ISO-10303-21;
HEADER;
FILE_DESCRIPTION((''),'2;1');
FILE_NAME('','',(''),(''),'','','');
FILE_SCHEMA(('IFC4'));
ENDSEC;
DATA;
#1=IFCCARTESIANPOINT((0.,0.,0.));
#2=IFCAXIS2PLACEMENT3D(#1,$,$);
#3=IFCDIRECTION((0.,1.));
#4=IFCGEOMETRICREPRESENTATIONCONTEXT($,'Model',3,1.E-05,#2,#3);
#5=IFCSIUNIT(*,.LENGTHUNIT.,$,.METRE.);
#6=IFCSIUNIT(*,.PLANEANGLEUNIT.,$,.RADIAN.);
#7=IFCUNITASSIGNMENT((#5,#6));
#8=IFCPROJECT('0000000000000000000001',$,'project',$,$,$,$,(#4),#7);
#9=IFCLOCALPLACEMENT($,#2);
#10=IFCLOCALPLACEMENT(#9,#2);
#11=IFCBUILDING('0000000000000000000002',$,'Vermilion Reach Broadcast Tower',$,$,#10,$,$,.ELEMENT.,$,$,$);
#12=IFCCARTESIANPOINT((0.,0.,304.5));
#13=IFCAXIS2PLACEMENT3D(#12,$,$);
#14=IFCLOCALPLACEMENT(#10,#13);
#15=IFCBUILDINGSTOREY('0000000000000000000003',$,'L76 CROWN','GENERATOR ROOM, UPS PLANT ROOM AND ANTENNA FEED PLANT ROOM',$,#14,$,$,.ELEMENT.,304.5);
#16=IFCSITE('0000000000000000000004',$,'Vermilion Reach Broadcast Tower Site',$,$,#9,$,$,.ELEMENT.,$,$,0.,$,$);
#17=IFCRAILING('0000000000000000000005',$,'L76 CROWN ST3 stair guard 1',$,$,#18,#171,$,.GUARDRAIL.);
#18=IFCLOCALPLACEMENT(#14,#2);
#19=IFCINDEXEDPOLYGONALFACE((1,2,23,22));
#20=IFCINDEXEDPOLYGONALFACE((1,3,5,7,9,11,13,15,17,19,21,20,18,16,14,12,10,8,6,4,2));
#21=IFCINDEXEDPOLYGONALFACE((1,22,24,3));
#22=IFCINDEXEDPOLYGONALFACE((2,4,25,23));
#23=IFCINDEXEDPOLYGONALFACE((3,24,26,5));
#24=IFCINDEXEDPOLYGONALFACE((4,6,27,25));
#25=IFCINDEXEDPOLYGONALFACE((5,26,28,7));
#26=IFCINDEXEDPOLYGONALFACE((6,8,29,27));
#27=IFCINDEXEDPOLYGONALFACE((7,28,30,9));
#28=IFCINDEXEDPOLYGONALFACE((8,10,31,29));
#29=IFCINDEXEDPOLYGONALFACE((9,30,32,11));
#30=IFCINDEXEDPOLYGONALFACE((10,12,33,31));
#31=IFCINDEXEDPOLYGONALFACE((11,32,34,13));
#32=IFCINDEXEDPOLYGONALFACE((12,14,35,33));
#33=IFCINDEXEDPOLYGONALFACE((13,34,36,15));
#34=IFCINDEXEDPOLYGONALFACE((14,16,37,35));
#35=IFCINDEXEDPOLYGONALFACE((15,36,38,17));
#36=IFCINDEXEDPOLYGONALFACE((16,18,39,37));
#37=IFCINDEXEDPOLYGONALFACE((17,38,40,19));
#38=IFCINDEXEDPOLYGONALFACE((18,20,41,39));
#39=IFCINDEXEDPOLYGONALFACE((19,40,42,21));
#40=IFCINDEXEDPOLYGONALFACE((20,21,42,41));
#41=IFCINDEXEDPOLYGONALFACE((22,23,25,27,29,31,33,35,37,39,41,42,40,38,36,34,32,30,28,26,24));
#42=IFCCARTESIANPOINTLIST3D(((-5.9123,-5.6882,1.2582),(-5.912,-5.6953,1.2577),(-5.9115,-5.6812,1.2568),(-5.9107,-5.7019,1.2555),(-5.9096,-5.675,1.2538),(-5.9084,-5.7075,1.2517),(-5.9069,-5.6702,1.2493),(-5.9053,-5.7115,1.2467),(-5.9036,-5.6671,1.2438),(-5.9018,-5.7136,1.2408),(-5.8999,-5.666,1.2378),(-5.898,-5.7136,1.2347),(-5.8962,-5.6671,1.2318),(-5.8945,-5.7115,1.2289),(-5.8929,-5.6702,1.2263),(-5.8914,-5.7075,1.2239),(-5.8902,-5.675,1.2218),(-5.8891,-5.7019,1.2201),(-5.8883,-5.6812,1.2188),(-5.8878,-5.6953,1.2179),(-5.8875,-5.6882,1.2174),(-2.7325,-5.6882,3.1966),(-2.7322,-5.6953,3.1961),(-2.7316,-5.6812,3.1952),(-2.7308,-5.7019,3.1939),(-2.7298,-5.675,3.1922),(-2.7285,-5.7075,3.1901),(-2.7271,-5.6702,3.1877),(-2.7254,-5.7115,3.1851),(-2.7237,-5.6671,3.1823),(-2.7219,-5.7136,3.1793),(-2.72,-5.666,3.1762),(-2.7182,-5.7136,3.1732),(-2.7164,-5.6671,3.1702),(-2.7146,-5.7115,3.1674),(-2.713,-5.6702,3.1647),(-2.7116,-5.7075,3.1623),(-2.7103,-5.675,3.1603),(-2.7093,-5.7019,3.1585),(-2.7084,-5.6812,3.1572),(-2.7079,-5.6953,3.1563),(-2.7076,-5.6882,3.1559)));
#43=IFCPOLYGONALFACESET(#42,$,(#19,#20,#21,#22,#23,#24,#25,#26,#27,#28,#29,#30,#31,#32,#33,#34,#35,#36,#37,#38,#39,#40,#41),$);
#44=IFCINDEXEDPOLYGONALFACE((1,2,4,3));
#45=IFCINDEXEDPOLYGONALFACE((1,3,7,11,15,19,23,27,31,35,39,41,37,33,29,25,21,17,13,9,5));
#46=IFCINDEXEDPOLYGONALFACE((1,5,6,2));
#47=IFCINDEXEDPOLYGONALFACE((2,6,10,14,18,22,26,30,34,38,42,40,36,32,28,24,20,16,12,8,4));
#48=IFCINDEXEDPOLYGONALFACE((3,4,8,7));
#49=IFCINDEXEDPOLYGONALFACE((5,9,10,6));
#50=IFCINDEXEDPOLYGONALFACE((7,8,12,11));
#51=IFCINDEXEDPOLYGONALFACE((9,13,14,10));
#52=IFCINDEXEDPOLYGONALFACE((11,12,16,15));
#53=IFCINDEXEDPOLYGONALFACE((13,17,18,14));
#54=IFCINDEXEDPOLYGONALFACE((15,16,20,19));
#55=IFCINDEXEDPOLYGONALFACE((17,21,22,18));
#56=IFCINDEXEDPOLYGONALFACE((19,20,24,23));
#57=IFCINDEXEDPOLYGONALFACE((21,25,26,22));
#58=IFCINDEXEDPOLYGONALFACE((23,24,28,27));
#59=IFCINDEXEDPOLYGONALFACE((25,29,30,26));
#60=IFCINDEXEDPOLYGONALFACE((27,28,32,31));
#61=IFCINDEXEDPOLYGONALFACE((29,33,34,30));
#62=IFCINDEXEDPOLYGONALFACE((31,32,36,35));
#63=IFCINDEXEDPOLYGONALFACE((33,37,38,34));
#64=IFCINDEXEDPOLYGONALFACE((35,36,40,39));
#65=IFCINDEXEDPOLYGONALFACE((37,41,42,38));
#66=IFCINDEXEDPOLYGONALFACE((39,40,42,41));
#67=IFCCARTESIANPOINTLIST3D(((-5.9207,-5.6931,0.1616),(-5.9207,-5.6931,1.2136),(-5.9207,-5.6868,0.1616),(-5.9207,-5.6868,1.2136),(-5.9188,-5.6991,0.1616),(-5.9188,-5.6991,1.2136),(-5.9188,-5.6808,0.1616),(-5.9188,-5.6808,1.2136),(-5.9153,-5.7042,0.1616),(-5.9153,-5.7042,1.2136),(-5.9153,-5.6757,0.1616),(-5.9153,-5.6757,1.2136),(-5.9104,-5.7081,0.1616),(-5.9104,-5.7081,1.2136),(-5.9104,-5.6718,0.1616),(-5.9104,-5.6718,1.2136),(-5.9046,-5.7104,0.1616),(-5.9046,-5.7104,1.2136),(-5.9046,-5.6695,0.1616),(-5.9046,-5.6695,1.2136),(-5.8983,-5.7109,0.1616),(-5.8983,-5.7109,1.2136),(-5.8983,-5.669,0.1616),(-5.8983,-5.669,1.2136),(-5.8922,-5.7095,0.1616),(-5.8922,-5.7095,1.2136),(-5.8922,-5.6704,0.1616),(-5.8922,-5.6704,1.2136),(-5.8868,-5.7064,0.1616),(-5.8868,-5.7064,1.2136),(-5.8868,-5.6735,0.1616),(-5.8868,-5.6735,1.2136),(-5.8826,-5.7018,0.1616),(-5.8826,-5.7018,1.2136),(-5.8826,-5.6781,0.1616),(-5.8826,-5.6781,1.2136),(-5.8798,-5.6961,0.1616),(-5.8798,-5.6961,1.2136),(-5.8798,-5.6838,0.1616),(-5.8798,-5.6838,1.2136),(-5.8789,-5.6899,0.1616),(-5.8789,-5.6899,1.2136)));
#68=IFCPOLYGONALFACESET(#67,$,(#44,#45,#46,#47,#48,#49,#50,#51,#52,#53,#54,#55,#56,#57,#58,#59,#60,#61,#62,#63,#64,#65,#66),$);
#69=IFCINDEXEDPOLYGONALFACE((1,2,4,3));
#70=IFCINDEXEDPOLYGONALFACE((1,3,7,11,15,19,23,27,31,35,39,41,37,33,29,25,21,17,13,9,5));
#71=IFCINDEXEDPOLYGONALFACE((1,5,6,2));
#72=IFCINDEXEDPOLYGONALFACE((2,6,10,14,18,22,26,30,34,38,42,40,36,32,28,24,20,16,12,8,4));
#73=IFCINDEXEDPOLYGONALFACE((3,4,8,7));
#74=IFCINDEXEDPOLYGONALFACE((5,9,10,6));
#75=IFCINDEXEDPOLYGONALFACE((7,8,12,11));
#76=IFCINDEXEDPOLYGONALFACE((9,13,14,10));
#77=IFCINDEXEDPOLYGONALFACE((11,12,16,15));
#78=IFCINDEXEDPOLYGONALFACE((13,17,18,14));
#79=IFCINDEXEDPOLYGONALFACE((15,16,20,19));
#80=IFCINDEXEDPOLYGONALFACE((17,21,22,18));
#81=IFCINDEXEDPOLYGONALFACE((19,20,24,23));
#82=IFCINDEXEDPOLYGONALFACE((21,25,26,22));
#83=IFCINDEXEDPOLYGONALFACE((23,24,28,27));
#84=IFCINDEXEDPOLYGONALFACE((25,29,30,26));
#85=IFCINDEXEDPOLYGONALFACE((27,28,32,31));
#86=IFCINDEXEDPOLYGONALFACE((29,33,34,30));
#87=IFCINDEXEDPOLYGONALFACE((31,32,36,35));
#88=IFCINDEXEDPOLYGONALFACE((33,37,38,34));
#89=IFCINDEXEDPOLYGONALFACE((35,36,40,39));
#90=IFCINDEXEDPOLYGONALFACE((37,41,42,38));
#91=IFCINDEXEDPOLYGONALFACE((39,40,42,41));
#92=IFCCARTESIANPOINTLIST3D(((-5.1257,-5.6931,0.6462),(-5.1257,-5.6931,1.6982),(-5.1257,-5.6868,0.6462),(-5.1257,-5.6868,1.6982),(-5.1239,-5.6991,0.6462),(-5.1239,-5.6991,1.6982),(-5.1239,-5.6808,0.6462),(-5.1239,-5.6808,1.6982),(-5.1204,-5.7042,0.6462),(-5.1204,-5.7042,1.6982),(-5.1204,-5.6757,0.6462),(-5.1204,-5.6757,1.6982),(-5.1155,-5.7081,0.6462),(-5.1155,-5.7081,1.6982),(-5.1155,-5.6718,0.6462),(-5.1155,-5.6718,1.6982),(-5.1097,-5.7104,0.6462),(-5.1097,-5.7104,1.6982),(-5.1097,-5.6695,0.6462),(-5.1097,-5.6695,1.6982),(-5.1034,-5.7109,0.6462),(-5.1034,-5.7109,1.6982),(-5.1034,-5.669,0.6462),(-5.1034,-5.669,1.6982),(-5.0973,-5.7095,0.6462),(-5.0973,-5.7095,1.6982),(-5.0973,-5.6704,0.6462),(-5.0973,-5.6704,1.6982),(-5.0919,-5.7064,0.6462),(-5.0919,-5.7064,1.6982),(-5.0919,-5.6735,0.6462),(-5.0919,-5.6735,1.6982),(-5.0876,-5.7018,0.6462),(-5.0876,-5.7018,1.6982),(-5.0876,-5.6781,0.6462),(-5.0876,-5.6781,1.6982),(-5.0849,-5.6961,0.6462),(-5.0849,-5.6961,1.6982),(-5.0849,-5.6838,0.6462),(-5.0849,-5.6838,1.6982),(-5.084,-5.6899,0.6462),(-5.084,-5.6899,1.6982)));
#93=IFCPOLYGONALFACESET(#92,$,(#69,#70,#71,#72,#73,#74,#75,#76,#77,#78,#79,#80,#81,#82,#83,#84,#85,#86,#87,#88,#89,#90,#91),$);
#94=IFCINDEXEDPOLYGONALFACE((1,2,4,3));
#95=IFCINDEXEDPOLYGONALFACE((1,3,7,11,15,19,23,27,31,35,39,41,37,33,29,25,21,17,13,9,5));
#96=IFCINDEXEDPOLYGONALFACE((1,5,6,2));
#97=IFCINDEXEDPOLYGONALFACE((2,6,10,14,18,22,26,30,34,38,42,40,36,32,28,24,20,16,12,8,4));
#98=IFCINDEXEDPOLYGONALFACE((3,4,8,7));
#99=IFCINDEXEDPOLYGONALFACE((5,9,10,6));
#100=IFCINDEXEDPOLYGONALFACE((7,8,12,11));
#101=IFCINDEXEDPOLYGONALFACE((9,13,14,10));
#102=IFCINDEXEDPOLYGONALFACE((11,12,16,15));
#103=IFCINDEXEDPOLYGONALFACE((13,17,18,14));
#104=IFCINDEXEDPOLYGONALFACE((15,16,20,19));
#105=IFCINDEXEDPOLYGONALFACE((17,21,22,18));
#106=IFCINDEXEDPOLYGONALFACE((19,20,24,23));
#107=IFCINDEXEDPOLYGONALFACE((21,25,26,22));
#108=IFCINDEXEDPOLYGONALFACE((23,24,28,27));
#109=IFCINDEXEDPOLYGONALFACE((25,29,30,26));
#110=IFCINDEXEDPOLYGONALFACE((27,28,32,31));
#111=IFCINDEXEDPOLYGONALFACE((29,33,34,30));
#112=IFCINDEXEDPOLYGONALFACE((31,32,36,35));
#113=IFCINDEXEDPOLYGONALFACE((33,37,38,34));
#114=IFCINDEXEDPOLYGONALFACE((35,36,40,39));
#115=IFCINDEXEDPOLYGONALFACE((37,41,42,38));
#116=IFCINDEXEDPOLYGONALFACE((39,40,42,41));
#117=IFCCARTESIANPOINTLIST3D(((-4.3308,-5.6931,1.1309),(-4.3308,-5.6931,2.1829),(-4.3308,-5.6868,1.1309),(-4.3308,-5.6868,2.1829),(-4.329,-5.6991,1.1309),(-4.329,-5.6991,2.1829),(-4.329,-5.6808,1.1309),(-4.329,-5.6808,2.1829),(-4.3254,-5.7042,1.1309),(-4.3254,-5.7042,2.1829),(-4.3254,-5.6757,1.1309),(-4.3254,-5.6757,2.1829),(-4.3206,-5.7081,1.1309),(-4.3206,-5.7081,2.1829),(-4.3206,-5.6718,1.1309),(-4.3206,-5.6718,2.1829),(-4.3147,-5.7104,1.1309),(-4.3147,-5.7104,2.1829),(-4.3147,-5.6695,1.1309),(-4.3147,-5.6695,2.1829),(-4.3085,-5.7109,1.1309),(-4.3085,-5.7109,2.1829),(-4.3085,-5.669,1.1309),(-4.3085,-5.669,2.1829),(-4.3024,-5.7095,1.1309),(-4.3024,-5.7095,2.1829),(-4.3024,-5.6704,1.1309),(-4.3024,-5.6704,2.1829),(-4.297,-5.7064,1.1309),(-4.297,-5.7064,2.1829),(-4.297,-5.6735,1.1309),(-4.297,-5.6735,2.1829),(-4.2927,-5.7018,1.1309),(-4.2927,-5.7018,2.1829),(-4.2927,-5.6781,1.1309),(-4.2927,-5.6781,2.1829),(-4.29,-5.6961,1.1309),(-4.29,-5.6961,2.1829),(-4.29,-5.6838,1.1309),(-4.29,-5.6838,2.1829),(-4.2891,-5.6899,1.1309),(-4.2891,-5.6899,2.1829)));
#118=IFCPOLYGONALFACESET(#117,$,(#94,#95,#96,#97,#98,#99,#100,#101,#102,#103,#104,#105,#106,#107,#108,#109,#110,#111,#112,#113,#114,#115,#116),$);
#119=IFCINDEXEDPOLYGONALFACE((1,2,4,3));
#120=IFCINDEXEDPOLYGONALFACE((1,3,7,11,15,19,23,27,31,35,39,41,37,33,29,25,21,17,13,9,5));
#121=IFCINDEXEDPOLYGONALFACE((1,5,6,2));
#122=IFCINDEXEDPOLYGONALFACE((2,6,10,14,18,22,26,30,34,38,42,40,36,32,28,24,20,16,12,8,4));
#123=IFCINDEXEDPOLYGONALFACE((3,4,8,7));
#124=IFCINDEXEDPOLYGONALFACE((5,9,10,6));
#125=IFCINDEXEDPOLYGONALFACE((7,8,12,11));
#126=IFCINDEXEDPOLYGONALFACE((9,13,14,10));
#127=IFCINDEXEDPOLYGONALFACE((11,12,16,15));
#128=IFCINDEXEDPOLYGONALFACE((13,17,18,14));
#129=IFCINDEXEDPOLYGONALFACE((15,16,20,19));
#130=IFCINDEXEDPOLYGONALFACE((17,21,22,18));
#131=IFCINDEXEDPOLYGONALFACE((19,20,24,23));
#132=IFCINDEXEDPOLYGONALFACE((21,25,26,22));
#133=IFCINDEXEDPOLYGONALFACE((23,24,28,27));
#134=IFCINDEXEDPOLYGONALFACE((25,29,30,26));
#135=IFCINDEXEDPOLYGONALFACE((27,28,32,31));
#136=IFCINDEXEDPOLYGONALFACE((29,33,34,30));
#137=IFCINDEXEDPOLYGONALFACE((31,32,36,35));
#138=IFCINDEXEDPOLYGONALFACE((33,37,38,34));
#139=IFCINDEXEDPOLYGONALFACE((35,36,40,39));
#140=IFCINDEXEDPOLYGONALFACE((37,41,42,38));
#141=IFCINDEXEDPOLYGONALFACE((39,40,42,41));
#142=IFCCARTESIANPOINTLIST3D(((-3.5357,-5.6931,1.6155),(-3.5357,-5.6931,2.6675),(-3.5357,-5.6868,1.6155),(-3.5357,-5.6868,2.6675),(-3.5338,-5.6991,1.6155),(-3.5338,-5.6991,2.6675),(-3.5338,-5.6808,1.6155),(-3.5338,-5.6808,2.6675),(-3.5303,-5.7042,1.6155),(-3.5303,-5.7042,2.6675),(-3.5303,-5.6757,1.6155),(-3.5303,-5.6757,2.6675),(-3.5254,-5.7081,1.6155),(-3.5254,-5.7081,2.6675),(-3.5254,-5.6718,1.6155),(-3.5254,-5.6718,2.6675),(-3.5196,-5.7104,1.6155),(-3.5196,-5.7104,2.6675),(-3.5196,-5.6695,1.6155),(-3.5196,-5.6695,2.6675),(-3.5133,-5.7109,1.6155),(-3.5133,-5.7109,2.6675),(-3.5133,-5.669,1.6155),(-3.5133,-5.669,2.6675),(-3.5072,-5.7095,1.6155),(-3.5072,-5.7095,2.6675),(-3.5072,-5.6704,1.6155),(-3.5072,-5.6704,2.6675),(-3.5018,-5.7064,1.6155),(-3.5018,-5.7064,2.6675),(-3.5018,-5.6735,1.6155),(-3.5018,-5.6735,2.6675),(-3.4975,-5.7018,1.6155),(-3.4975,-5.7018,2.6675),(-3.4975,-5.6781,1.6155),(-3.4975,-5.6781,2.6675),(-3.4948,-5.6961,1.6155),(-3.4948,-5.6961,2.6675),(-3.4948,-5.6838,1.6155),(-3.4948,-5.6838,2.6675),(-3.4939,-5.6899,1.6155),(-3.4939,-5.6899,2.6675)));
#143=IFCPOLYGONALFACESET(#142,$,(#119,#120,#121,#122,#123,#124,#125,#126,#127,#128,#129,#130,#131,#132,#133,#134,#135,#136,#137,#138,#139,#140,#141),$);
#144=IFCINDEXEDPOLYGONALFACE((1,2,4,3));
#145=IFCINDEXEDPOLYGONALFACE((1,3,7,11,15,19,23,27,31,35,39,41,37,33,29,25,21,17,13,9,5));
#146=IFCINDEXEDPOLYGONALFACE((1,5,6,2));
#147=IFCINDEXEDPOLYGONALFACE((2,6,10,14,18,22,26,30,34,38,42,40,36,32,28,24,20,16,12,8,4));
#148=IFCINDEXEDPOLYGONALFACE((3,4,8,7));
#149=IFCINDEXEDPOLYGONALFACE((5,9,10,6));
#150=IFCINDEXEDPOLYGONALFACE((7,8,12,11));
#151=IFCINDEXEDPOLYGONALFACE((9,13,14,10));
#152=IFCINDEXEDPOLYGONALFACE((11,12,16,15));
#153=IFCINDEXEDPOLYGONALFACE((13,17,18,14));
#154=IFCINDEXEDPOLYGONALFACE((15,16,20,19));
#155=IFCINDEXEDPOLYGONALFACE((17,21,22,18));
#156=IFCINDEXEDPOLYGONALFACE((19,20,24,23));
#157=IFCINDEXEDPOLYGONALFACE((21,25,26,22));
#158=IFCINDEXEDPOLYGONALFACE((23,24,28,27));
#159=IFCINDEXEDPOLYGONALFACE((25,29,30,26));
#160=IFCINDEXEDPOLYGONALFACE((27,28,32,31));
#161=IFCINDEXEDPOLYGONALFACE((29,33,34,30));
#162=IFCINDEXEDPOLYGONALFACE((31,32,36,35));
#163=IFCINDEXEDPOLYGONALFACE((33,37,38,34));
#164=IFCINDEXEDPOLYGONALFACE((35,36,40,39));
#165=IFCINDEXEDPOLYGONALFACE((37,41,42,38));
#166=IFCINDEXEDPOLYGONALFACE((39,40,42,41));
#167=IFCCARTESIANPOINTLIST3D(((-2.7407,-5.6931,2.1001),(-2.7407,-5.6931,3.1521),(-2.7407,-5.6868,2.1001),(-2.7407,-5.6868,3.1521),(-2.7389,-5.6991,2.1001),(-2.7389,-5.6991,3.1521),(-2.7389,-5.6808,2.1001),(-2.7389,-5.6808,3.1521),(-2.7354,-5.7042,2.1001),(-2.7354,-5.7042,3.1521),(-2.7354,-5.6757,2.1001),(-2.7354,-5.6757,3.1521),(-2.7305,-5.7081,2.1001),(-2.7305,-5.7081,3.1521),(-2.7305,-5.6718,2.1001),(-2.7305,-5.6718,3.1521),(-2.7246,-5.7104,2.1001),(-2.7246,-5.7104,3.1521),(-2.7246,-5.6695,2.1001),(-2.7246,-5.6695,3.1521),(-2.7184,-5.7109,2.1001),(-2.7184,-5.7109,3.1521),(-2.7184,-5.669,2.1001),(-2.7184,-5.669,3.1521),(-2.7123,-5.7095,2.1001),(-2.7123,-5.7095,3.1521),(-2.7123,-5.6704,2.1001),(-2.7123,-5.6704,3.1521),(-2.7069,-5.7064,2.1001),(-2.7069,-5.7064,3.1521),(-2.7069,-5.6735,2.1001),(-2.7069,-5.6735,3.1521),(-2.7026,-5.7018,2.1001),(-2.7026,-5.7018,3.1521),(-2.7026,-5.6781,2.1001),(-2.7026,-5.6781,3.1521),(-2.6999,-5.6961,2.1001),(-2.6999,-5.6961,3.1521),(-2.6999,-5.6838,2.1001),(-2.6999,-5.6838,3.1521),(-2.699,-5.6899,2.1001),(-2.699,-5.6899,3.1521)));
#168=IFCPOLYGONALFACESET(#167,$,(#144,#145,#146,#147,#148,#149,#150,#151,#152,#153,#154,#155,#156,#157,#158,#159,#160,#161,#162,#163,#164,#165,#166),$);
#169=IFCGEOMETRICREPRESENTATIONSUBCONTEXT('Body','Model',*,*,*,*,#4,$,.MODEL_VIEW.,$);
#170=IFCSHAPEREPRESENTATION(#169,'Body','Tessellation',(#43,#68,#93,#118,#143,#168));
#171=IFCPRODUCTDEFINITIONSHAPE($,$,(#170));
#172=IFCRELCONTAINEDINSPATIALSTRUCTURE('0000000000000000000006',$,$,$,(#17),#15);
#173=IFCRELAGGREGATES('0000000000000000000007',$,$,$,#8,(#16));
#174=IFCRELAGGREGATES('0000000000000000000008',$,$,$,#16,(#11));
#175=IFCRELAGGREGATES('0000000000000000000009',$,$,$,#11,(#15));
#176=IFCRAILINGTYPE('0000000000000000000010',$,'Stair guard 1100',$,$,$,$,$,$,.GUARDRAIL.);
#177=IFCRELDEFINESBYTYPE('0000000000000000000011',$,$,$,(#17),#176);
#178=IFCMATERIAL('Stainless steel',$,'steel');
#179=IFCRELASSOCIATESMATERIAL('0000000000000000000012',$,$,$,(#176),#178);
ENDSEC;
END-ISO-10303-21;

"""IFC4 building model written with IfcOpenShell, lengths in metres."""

from ifc_helpers import new_model, si_unit, direction, frame, origin, origin_2d, place, context, subcontext, project, spatial, circle, extrude, material, type_object, element, save


model = new_model("IFC4")

# Units and contexts
model_context = context("Model", 3, precision=1e-05, world=origin(), true_north=direction((0.0, 1.0)))
body_context = subcontext(model_context, "Body", "Model", "MODEL_VIEW")
ifc_project = project(units=[si_unit("LENGTHUNIT", "METRE"), si_unit("PLANEANGLEUNIT", "RADIAN")], contexts=[model_context])

# Site, building, storey
site_placement = place(None, origin())
site = spatial("IfcSite", under=ifc_project, at=site_placement, Name="Vermilion Reach Broadcast Tower Site", CompositionType="ELEMENT", RefElevation=0.0)
building_placement = place(site_placement, origin())
building = spatial("IfcBuilding", under=site, at=building_placement, Name="Vermilion Reach Broadcast Tower", CompositionType="ELEMENT")
storey_placement = place(building_placement, frame((0.0, 0.0, 304.5)))
storey = spatial("IfcBuildingStorey", under=building, at=storey_placement, Name="L76 CROWN", Description="GENERATOR ROOM, UPS PLANT ROOM AND ANTENNA FEED PLANT ROOM", CompositionType="ELEMENT", Elevation=304.5)

# Railing
ifc_material_1 = material(Name="Stainless steel", Category="steel")
railing_type_1 = type_object("IfcRailingType", Name="Stair guard 1100", PredefinedType="GUARDRAIL", material=ifc_material_1)
railing_1_placement = place(storey_placement, frame((-5.8999, -5.6899, 0.1616)))
element("IfcRailing", 1, at=railing_1_placement, inside=storey, type_object=railing_type_1, Name="L76 CROWN ST3 stair guard 1", PredefinedType="GUARDRAIL", context=body_context, shape_type="SweptSolid", body=[
    extrude(circle(Radius=0.0239, at=origin_2d()), frame((0.0, 0.0, 1.0762), z_axis=(0.853857, 0.0, 0.520508), x_axis=(0.0, 1.0, 0.0)), (0.0, 0.0, 1.0), 3.7241),
    extrude(circle(Radius=0.021, at=origin_2d()), origin(), (0.0, 0.0, 1.0), 1.052),
    extrude(circle(Radius=0.021, at=origin_2d()), frame((0.7949, 0.0, 0.4846)), (0.0, 0.0, 1.0), 1.052),
    extrude(circle(Radius=0.021, at=origin_2d()), frame((1.5898, 0.0, 0.9692)), (0.0, 0.0, 1.0), 1.052),
    extrude(circle(Radius=0.021, at=origin_2d()), frame((2.385, 0.0, 1.4539)), (0.0, 0.0, 1.0), 1.052),
    extrude(circle(Radius=0.021, at=origin_2d()), frame((3.1799, 0.0, 1.9385)), (0.0, 0.0, 1.0), 1.052),
])

save(model, "model.ifc")
